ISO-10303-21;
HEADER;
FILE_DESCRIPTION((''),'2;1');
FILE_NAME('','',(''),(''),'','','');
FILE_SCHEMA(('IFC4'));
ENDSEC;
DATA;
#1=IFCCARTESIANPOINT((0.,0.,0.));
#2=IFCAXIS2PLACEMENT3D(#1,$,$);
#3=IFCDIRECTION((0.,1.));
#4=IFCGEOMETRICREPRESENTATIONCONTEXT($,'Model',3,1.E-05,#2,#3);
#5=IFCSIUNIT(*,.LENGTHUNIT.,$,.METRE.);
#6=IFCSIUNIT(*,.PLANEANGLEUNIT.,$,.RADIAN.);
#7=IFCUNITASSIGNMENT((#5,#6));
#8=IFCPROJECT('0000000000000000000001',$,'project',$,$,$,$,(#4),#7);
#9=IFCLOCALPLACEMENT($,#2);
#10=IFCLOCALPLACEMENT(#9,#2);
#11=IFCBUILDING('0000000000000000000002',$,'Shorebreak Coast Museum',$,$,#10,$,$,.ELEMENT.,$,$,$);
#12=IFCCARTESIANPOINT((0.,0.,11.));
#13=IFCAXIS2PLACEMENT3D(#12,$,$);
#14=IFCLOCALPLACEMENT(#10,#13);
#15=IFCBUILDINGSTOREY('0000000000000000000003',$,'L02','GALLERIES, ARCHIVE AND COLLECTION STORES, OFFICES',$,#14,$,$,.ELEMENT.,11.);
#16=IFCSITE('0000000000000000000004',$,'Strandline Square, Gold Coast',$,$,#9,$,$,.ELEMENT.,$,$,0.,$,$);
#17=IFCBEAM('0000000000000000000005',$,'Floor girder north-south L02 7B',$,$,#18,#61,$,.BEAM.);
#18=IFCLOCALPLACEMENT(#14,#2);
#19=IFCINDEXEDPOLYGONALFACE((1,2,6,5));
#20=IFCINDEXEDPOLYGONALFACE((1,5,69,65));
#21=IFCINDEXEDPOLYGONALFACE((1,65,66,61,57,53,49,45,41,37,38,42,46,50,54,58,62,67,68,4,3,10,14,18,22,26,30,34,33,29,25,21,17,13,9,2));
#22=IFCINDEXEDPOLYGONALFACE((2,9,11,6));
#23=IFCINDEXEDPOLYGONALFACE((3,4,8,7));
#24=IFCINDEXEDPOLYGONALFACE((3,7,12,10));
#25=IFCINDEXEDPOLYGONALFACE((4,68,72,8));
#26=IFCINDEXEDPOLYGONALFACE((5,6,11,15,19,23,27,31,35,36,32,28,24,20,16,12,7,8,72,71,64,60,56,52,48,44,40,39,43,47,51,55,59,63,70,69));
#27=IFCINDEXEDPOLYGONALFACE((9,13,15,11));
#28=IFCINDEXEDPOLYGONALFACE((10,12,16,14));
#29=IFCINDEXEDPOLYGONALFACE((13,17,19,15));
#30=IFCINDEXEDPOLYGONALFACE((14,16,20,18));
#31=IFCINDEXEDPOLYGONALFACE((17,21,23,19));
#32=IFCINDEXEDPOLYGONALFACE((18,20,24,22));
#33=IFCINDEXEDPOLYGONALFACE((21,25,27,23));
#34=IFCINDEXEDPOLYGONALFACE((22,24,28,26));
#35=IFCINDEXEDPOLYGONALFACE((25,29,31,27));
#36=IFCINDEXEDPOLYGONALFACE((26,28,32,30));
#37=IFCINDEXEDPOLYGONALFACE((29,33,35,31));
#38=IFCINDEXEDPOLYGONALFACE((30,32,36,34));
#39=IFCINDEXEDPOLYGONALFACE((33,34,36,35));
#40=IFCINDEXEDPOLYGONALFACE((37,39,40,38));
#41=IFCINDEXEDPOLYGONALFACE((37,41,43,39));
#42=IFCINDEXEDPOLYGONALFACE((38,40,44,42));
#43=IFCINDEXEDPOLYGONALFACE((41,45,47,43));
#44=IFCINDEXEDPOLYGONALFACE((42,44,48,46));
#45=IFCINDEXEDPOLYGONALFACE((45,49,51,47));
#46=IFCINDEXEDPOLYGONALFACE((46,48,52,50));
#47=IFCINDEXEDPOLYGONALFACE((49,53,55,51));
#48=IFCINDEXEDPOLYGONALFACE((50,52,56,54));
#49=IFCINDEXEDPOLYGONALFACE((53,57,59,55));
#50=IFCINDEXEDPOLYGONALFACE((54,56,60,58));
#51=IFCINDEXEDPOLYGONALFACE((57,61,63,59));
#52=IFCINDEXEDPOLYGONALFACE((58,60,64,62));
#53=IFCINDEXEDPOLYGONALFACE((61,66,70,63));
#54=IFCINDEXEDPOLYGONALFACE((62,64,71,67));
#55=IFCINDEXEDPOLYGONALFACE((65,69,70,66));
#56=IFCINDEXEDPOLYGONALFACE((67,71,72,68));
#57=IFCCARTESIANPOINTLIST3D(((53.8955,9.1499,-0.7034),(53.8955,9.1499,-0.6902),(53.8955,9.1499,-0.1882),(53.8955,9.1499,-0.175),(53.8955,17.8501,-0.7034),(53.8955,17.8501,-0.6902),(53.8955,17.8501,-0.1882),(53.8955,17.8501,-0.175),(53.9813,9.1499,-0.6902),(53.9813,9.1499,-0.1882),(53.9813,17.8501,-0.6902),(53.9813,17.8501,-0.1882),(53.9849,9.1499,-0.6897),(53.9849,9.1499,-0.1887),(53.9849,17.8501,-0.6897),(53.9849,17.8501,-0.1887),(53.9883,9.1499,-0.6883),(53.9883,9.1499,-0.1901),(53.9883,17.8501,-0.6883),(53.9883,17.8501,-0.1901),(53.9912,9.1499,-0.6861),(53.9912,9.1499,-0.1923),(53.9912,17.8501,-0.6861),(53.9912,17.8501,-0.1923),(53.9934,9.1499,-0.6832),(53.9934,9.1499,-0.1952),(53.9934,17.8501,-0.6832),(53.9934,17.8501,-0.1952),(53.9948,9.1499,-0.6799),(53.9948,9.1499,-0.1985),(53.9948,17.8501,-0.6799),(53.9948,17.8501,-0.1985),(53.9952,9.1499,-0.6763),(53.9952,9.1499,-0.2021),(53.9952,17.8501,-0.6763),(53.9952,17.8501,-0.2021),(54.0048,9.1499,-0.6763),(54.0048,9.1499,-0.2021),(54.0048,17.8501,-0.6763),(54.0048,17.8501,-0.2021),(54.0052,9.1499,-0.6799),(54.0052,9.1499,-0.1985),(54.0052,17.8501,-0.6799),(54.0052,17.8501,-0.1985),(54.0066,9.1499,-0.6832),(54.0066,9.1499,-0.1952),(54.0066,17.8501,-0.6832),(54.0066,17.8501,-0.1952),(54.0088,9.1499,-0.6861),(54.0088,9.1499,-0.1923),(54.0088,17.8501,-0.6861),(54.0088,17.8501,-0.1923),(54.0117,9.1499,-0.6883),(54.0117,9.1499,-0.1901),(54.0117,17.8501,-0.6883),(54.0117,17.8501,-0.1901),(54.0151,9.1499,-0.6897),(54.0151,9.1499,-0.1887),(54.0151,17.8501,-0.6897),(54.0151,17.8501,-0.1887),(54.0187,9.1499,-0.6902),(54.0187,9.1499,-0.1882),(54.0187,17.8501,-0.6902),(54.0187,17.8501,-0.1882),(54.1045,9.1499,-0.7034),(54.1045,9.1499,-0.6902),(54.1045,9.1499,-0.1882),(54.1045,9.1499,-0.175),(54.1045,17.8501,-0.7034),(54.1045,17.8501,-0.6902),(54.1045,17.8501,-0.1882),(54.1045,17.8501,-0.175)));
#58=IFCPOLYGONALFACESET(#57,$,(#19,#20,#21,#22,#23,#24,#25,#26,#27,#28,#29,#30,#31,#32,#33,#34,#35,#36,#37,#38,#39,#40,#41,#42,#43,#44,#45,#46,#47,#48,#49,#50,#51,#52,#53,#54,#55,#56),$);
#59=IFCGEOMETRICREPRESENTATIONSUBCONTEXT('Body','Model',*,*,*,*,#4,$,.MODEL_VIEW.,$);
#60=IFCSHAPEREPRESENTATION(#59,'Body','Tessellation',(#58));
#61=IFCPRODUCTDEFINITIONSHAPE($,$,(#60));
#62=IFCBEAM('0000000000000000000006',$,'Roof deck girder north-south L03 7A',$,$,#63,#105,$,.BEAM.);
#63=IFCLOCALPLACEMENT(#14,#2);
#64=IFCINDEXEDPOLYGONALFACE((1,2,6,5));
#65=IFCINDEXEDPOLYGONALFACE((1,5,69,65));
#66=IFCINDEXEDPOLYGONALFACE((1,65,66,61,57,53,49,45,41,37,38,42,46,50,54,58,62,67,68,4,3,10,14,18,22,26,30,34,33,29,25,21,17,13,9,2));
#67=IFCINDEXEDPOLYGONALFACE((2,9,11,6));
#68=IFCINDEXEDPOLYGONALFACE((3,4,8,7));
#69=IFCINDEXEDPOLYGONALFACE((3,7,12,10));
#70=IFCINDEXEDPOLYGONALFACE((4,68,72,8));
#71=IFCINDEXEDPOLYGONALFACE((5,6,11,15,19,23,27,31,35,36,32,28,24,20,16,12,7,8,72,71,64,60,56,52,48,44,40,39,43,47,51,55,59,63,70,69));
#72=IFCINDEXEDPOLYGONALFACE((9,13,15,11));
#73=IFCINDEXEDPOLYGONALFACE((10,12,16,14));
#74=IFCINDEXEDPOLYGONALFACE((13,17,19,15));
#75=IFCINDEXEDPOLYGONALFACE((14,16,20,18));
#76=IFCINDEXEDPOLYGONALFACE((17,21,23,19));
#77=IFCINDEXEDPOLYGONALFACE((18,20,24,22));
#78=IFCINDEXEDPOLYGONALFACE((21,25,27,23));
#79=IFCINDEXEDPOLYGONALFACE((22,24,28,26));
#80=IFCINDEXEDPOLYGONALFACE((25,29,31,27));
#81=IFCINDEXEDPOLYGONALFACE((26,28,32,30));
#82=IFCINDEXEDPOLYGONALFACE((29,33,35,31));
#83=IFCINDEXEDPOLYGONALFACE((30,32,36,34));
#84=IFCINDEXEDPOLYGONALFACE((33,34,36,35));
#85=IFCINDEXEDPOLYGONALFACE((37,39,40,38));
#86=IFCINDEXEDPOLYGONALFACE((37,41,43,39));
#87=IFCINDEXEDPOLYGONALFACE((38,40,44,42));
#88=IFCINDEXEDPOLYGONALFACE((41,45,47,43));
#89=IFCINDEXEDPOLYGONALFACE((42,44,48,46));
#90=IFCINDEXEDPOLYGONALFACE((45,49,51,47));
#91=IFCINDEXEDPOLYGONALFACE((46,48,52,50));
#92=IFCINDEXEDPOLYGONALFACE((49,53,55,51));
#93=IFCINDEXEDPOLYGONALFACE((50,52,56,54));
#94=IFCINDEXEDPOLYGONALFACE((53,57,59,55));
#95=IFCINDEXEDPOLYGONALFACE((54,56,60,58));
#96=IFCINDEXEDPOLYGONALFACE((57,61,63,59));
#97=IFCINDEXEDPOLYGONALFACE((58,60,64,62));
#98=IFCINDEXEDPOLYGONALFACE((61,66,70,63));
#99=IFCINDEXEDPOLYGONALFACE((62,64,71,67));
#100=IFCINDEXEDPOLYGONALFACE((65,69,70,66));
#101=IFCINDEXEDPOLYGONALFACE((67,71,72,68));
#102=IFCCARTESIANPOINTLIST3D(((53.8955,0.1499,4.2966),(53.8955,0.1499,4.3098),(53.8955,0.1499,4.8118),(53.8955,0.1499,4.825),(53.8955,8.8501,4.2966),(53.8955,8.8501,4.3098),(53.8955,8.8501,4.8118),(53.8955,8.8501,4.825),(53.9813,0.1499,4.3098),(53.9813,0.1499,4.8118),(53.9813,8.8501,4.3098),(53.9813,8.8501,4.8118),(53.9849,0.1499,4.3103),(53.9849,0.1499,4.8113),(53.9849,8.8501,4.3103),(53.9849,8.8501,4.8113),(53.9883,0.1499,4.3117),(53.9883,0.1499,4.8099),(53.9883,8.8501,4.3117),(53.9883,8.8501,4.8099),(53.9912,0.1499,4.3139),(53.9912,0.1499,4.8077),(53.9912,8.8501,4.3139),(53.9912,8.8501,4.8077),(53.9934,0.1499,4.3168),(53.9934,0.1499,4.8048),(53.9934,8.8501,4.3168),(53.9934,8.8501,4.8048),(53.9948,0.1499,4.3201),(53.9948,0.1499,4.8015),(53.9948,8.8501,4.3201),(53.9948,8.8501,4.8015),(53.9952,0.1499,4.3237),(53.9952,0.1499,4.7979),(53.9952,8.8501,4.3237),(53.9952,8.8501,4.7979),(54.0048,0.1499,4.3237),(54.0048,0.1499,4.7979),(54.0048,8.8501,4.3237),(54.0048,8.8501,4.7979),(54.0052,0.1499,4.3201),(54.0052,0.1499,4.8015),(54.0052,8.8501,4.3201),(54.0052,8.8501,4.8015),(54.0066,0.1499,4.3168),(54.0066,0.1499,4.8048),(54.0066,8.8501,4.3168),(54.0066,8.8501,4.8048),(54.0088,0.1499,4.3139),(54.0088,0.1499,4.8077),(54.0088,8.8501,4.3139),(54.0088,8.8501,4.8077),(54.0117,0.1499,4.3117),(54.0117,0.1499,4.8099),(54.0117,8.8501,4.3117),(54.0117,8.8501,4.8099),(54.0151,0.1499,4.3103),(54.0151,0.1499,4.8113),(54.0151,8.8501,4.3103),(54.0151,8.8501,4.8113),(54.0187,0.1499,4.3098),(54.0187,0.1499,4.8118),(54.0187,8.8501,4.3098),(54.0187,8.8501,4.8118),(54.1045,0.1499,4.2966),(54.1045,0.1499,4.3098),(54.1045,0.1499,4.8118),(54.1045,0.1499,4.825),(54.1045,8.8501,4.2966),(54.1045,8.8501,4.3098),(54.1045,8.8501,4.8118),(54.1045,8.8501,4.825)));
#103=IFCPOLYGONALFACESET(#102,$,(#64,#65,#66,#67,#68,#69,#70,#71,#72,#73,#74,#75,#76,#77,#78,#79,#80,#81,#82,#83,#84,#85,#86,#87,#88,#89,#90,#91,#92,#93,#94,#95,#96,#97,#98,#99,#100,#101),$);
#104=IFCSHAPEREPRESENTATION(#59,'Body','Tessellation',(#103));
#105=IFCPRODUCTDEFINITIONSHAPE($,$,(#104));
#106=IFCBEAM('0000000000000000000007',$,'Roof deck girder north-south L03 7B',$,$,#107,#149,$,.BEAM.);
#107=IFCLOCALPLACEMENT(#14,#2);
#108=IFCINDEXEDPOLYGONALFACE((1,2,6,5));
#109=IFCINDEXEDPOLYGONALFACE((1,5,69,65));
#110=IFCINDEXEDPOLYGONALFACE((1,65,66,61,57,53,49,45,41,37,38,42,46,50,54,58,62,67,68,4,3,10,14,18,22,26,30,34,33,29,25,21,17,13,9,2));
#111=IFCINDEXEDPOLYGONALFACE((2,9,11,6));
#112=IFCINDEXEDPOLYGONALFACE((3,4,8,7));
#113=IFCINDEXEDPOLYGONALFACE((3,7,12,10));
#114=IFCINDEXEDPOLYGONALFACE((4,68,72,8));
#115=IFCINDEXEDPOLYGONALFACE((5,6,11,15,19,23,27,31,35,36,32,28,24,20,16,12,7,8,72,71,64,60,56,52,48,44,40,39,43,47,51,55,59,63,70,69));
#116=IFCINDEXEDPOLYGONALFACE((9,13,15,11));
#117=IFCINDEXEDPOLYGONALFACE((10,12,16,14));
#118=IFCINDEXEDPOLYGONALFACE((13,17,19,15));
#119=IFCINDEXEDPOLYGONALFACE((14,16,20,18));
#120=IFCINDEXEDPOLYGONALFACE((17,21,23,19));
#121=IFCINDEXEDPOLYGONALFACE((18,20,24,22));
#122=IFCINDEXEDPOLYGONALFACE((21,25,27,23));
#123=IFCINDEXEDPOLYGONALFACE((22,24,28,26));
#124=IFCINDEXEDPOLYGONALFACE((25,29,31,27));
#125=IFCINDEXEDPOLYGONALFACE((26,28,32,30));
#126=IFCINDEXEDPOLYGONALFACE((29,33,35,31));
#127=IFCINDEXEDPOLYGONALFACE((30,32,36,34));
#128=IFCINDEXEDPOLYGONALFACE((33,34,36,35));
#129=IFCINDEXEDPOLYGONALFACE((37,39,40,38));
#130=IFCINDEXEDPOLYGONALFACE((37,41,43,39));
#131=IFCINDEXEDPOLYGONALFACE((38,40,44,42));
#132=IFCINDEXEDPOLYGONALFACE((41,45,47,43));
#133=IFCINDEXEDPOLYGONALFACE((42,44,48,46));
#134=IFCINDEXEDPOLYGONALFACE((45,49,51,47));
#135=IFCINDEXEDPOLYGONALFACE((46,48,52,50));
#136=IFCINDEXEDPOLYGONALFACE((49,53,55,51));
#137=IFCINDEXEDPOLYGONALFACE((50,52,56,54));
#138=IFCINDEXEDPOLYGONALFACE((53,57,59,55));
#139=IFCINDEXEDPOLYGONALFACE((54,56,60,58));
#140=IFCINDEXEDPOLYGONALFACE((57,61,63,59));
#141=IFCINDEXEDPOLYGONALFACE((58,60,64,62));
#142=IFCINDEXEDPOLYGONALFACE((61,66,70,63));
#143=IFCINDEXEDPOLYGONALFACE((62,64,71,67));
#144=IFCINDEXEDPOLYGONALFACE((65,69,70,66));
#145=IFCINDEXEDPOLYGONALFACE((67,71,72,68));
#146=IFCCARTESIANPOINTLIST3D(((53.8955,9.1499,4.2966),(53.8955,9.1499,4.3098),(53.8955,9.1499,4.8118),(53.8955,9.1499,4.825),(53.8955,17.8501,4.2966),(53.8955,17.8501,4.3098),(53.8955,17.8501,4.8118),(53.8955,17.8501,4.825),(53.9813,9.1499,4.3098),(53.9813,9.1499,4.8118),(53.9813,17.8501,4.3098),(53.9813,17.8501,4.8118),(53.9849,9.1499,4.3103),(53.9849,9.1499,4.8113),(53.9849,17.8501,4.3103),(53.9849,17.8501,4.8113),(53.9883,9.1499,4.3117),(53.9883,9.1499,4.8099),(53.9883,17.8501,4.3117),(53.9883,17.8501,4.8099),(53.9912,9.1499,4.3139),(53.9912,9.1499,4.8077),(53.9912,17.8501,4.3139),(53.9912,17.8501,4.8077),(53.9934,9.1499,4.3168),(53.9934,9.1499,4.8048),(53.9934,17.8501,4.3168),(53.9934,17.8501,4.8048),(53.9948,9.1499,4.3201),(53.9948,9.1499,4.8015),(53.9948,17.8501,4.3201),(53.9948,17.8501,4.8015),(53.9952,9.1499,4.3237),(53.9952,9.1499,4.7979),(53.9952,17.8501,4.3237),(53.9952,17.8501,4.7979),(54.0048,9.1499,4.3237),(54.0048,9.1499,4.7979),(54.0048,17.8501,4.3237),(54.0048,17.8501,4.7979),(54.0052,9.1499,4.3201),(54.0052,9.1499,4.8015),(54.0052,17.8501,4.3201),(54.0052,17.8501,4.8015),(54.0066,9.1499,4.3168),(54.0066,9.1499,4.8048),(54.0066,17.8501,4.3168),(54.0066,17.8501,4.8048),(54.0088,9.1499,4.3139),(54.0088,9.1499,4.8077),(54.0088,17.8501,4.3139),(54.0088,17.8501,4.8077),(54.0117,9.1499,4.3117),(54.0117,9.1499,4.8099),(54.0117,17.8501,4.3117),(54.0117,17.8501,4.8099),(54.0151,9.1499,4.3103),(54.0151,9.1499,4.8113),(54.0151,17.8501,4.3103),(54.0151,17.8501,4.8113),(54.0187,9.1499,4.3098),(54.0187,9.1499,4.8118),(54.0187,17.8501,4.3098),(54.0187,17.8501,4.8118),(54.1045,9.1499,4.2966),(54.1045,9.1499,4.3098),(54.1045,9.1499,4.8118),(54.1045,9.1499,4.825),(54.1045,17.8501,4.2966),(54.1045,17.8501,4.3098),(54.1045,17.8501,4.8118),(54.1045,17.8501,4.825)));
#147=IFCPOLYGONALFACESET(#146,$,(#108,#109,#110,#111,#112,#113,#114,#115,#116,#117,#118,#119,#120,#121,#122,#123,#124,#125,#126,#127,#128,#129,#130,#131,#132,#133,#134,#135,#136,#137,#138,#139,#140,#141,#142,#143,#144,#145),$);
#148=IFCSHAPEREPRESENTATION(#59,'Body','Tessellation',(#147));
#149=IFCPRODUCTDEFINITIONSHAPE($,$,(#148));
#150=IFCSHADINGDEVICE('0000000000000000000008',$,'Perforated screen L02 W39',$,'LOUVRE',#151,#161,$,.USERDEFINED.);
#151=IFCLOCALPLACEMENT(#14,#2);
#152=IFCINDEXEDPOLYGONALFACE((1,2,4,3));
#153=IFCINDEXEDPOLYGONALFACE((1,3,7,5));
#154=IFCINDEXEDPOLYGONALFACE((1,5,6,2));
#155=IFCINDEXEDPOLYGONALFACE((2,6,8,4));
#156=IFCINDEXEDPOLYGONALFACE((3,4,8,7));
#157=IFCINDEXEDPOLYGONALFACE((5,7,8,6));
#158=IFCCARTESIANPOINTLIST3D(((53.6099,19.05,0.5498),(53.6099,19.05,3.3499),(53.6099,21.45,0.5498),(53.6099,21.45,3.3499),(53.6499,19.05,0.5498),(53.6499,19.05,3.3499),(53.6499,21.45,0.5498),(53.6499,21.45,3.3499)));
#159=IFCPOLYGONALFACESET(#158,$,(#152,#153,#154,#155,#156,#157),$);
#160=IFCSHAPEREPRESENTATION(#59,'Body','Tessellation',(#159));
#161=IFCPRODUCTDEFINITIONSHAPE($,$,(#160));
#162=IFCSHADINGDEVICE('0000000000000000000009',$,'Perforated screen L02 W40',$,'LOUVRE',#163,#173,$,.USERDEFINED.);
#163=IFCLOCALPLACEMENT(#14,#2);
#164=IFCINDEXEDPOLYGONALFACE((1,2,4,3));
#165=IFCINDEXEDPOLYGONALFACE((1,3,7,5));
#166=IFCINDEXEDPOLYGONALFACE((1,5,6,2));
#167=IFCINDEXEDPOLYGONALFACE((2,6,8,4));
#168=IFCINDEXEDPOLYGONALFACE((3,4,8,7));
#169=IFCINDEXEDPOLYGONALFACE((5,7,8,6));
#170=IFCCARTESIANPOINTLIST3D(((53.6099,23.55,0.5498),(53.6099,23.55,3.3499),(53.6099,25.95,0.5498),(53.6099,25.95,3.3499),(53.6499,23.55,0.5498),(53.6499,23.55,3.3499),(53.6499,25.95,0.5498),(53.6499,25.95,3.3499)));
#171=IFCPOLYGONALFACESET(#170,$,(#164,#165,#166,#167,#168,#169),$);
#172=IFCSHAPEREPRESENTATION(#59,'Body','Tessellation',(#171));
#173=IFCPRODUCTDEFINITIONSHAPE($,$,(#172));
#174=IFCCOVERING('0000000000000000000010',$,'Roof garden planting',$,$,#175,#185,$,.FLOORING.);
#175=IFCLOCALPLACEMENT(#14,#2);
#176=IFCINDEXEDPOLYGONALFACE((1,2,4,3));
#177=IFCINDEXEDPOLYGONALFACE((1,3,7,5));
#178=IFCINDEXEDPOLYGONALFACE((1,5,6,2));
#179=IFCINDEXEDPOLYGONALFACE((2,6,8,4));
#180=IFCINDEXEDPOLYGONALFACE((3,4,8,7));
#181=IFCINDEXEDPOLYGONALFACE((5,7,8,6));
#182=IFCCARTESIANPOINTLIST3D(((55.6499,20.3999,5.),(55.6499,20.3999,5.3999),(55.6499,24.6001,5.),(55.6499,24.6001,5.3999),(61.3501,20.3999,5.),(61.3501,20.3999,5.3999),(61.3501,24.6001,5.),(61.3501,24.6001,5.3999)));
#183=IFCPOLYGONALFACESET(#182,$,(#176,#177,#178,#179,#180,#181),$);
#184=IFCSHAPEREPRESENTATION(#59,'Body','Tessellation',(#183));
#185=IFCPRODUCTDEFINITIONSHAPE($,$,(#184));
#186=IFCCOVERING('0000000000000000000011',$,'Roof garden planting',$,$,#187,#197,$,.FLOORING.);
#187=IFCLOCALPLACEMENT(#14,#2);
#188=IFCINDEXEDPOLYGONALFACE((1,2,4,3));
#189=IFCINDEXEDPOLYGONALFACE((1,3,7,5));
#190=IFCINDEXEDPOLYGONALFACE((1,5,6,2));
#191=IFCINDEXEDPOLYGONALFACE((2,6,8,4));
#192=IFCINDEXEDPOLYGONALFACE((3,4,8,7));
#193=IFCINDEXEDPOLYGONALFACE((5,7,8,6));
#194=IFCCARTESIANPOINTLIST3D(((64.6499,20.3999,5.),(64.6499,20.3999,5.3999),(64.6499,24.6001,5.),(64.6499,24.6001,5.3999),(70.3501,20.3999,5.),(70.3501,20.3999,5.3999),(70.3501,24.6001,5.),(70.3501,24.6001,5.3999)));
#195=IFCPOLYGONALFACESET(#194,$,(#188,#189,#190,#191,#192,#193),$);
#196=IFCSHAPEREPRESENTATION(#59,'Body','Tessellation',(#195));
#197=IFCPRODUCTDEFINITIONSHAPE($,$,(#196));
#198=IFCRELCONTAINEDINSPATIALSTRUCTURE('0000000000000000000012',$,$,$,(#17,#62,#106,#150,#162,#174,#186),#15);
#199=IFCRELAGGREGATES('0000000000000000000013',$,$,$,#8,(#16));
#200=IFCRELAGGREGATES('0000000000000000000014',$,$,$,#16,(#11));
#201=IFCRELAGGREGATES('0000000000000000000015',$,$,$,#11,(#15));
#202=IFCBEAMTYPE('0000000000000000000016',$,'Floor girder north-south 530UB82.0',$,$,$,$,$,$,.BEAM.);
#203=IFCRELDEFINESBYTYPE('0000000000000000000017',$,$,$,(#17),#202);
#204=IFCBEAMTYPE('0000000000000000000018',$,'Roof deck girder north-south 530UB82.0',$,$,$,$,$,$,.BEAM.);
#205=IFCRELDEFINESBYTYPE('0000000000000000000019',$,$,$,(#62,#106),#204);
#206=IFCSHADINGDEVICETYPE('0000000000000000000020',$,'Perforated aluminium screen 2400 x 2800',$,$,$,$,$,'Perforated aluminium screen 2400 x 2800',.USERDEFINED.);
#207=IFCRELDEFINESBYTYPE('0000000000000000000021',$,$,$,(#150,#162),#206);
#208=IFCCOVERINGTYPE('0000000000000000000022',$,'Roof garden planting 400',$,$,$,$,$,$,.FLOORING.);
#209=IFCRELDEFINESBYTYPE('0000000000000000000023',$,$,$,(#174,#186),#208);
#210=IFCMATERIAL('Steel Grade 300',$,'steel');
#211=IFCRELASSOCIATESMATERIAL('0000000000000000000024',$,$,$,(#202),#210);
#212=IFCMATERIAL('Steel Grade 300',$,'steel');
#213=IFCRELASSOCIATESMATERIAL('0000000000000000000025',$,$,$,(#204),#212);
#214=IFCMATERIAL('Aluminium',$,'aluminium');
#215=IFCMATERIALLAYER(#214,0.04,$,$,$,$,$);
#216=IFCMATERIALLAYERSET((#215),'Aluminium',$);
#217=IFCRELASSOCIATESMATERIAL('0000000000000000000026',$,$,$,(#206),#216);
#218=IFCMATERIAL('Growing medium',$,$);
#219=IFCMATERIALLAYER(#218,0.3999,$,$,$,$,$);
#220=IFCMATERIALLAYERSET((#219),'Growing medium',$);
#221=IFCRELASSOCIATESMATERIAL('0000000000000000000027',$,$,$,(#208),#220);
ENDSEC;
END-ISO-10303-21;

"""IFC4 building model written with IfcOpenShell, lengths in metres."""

from ifc_helpers import new_model, si_unit, direction, frame, origin, origin_2d, place, context, subcontext, project, spatial, polyline, rectangle, i_section, outline, extrude, material, layer, layer_set, material_profile, profile_set, type_object, element, save


model = new_model("IFC4")

# Units and contexts
model_context = context("Model", 3, precision=1e-05, world=origin(), true_north=direction((0.0, 1.0)))
body_context = subcontext(model_context, "Body", "Model", "MODEL_VIEW")
ifc_project = project(units=[si_unit("LENGTHUNIT", "METRE"), si_unit("PLANEANGLEUNIT", "RADIAN")], contexts=[model_context])

# Site, building, storey
site_placement = place(None, origin())
site = spatial("IfcSite", under=ifc_project, at=site_placement, Name="Strandline Square, Gold Coast", CompositionType="ELEMENT", RefElevation=0.0)
building_placement = place(site_placement, origin())
building = spatial("IfcBuilding", under=site, at=building_placement, Name="Shorebreak Coast Museum", CompositionType="ELEMENT")
storey_placement = place(building_placement, frame((0.0, 0.0, 11.0)))
storey = spatial("IfcBuildingStorey", under=building, at=storey_placement, Name="L02", Description="GALLERIES, ARCHIVE AND COLLECTION STORES, OFFICES", CompositionType="ELEMENT", Elevation=11.0)

# Beams
ifc_material_1 = material(Name="Steel Grade 300", Category="steel")
ifc_material_profile_1 = material_profile(ifc_material_1, i_section(OverallWidth=0.209, OverallDepth=0.5283, WebThickness=0.0095, FlangeThickness=0.0132, FilletRadius=0.0139, at=origin_2d()), Name="530UB82.0")
ifc_profile_set_1 = profile_set([ifc_material_profile_1], Name="Steel Grade 300")
beam_type_1 = type_object("IfcBeamType", Name="Floor girder north-south 530UB82.0", PredefinedType="BEAM", material=ifc_profile_set_1)
for number, where, z_axis, x_axis, name in (
    (1, (54.0, 9.1499, -0.4392), (0.0, 1.0, 0.0), (-1.0, 0.0, 0.0), "Floor girder north-south L02 7B"),
):
    element("IfcBeam", number, at=place(storey_placement, frame(where, z_axis=z_axis, x_axis=x_axis)), inside=storey, type_object=beam_type_1, Name=name, PredefinedType="BEAM", context=body_context, shape_type="SweptSolid", body=[
        extrude(i_section(OverallWidth=0.209, OverallDepth=0.5283, WebThickness=0.0095, FlangeThickness=0.0132, FilletRadius=0.0139, at=origin_2d()), origin(), (0.0, 0.0, 1.0), 8.7002),
    ])
ifc_material_2 = material(Name="Steel Grade 300", Category="steel")
ifc_material_profile_2 = material_profile(ifc_material_2, i_section(OverallWidth=0.209, OverallDepth=0.5283, WebThickness=0.0095, FlangeThickness=0.0132, FilletRadius=0.0139, at=origin_2d()), Name="530UB82.0")
ifc_profile_set_2 = profile_set([ifc_material_profile_2], Name="Steel Grade 300")
beam_type_2 = type_object("IfcBeamType", Name="Roof deck girder north-south 530UB82.0", PredefinedType="BEAM", material=ifc_profile_set_2)
for number, where, z_axis, x_axis, name in (
    (2, (54.0, 0.1499, 4.5608), (0.0, 1.0, 0.0), (-1.0, 0.0, 0.0), "Roof deck girder north-south L03 7A"),
    (3, (54.0, 9.1499, 4.5608), (0.0, 1.0, 0.0), (-1.0, 0.0, 0.0), "Roof deck girder north-south L03 7B"),
):
    element("IfcBeam", number, at=place(storey_placement, frame(where, z_axis=z_axis, x_axis=x_axis)), inside=storey, type_object=beam_type_2, Name=name, PredefinedType="BEAM", context=body_context, shape_type="SweptSolid", body=[
        extrude(i_section(OverallWidth=0.209, OverallDepth=0.5283, WebThickness=0.0095, FlangeThickness=0.0132, FilletRadius=0.0139, at=origin_2d()), origin(), (0.0, 0.0, 1.0), 8.7002),
    ])

# Shading devices
ifc_material_3 = material(Name="Aluminium", Category="aluminium")
ifc_layer_1 = layer(ifc_material_3, 0.04)
ifc_layer_set_1 = layer_set([ifc_layer_1], Name="Aluminium")
shading_device_type = type_object("IfcShadingDeviceType", Name="Perforated aluminium screen 2400 x 2800", ElementType="Perforated aluminium screen 2400 x 2800", PredefinedType="USERDEFINED", material=ifc_layer_set_1)
for number, where, z_axis, x_axis, name in (
    (4, (53.6299, 20.25, 0.5498), (0.0, 0.0, 1.0), (1.0, 0.0, 0.0), "Perforated screen L02 W39"),
    (5, (53.6299, 24.75, 0.5498), (0.0, 0.0, 1.0), (1.0, 0.0, 0.0), "Perforated screen L02 W40"),
):
    element("IfcShadingDevice", number, at=place(storey_placement, frame(where, z_axis=z_axis, x_axis=x_axis)), inside=storey, type_object=shading_device_type, Name=name, ObjectType="LOUVRE", PredefinedType="USERDEFINED", context=body_context, shape_type="SweptSolid", body=[
        extrude(rectangle(XDim=0.04, YDim=2.3999, at=origin_2d()), origin(), (0.0, 0.0, 1.0), 2.8),
    ])

# Coverings
ifc_material_4 = material(Name="Growing medium")
ifc_layer_2 = layer(ifc_material_4, 0.3999)
ifc_layer_set_2 = layer_set([ifc_layer_2], Name="Growing medium")
covering_type_1 = type_object("IfcCoveringType", Name="Roof garden planting 400", PredefinedType="FLOORING", material=ifc_layer_set_2)
covering_1_placement = place(storey_placement, frame((0.0, 0.0, 5.0)))
element("IfcCovering", 6, at=covering_1_placement, inside=storey, type_object=covering_type_1, Name="Roof garden planting", PredefinedType="FLOORING", context=body_context, shape_type="SweptSolid", body=[
    extrude(outline(polyline([(61.3501, 20.3999), (61.3501, 24.6001), (55.6499, 24.6001), (55.6499, 20.3999), (61.3501, 20.3999)])), origin(), (0.0, 0.0, 1.0), 0.3999),
])
covering_2_placement = place(storey_placement, frame((0.0, 0.0, 5.0)))
element("IfcCovering", 7, at=covering_2_placement, inside=storey, type_object=covering_type_1, Name="Roof garden planting", PredefinedType="FLOORING", context=body_context, shape_type="SweptSolid", body=[
    extrude(outline(polyline([(70.3501, 20.3999), (70.3501, 24.6001), (64.6499, 24.6001), (64.6499, 20.3999), (70.3501, 20.3999)])), origin(), (0.0, 0.0, 1.0), 0.3999),
])

save(model, "model.ifc")
